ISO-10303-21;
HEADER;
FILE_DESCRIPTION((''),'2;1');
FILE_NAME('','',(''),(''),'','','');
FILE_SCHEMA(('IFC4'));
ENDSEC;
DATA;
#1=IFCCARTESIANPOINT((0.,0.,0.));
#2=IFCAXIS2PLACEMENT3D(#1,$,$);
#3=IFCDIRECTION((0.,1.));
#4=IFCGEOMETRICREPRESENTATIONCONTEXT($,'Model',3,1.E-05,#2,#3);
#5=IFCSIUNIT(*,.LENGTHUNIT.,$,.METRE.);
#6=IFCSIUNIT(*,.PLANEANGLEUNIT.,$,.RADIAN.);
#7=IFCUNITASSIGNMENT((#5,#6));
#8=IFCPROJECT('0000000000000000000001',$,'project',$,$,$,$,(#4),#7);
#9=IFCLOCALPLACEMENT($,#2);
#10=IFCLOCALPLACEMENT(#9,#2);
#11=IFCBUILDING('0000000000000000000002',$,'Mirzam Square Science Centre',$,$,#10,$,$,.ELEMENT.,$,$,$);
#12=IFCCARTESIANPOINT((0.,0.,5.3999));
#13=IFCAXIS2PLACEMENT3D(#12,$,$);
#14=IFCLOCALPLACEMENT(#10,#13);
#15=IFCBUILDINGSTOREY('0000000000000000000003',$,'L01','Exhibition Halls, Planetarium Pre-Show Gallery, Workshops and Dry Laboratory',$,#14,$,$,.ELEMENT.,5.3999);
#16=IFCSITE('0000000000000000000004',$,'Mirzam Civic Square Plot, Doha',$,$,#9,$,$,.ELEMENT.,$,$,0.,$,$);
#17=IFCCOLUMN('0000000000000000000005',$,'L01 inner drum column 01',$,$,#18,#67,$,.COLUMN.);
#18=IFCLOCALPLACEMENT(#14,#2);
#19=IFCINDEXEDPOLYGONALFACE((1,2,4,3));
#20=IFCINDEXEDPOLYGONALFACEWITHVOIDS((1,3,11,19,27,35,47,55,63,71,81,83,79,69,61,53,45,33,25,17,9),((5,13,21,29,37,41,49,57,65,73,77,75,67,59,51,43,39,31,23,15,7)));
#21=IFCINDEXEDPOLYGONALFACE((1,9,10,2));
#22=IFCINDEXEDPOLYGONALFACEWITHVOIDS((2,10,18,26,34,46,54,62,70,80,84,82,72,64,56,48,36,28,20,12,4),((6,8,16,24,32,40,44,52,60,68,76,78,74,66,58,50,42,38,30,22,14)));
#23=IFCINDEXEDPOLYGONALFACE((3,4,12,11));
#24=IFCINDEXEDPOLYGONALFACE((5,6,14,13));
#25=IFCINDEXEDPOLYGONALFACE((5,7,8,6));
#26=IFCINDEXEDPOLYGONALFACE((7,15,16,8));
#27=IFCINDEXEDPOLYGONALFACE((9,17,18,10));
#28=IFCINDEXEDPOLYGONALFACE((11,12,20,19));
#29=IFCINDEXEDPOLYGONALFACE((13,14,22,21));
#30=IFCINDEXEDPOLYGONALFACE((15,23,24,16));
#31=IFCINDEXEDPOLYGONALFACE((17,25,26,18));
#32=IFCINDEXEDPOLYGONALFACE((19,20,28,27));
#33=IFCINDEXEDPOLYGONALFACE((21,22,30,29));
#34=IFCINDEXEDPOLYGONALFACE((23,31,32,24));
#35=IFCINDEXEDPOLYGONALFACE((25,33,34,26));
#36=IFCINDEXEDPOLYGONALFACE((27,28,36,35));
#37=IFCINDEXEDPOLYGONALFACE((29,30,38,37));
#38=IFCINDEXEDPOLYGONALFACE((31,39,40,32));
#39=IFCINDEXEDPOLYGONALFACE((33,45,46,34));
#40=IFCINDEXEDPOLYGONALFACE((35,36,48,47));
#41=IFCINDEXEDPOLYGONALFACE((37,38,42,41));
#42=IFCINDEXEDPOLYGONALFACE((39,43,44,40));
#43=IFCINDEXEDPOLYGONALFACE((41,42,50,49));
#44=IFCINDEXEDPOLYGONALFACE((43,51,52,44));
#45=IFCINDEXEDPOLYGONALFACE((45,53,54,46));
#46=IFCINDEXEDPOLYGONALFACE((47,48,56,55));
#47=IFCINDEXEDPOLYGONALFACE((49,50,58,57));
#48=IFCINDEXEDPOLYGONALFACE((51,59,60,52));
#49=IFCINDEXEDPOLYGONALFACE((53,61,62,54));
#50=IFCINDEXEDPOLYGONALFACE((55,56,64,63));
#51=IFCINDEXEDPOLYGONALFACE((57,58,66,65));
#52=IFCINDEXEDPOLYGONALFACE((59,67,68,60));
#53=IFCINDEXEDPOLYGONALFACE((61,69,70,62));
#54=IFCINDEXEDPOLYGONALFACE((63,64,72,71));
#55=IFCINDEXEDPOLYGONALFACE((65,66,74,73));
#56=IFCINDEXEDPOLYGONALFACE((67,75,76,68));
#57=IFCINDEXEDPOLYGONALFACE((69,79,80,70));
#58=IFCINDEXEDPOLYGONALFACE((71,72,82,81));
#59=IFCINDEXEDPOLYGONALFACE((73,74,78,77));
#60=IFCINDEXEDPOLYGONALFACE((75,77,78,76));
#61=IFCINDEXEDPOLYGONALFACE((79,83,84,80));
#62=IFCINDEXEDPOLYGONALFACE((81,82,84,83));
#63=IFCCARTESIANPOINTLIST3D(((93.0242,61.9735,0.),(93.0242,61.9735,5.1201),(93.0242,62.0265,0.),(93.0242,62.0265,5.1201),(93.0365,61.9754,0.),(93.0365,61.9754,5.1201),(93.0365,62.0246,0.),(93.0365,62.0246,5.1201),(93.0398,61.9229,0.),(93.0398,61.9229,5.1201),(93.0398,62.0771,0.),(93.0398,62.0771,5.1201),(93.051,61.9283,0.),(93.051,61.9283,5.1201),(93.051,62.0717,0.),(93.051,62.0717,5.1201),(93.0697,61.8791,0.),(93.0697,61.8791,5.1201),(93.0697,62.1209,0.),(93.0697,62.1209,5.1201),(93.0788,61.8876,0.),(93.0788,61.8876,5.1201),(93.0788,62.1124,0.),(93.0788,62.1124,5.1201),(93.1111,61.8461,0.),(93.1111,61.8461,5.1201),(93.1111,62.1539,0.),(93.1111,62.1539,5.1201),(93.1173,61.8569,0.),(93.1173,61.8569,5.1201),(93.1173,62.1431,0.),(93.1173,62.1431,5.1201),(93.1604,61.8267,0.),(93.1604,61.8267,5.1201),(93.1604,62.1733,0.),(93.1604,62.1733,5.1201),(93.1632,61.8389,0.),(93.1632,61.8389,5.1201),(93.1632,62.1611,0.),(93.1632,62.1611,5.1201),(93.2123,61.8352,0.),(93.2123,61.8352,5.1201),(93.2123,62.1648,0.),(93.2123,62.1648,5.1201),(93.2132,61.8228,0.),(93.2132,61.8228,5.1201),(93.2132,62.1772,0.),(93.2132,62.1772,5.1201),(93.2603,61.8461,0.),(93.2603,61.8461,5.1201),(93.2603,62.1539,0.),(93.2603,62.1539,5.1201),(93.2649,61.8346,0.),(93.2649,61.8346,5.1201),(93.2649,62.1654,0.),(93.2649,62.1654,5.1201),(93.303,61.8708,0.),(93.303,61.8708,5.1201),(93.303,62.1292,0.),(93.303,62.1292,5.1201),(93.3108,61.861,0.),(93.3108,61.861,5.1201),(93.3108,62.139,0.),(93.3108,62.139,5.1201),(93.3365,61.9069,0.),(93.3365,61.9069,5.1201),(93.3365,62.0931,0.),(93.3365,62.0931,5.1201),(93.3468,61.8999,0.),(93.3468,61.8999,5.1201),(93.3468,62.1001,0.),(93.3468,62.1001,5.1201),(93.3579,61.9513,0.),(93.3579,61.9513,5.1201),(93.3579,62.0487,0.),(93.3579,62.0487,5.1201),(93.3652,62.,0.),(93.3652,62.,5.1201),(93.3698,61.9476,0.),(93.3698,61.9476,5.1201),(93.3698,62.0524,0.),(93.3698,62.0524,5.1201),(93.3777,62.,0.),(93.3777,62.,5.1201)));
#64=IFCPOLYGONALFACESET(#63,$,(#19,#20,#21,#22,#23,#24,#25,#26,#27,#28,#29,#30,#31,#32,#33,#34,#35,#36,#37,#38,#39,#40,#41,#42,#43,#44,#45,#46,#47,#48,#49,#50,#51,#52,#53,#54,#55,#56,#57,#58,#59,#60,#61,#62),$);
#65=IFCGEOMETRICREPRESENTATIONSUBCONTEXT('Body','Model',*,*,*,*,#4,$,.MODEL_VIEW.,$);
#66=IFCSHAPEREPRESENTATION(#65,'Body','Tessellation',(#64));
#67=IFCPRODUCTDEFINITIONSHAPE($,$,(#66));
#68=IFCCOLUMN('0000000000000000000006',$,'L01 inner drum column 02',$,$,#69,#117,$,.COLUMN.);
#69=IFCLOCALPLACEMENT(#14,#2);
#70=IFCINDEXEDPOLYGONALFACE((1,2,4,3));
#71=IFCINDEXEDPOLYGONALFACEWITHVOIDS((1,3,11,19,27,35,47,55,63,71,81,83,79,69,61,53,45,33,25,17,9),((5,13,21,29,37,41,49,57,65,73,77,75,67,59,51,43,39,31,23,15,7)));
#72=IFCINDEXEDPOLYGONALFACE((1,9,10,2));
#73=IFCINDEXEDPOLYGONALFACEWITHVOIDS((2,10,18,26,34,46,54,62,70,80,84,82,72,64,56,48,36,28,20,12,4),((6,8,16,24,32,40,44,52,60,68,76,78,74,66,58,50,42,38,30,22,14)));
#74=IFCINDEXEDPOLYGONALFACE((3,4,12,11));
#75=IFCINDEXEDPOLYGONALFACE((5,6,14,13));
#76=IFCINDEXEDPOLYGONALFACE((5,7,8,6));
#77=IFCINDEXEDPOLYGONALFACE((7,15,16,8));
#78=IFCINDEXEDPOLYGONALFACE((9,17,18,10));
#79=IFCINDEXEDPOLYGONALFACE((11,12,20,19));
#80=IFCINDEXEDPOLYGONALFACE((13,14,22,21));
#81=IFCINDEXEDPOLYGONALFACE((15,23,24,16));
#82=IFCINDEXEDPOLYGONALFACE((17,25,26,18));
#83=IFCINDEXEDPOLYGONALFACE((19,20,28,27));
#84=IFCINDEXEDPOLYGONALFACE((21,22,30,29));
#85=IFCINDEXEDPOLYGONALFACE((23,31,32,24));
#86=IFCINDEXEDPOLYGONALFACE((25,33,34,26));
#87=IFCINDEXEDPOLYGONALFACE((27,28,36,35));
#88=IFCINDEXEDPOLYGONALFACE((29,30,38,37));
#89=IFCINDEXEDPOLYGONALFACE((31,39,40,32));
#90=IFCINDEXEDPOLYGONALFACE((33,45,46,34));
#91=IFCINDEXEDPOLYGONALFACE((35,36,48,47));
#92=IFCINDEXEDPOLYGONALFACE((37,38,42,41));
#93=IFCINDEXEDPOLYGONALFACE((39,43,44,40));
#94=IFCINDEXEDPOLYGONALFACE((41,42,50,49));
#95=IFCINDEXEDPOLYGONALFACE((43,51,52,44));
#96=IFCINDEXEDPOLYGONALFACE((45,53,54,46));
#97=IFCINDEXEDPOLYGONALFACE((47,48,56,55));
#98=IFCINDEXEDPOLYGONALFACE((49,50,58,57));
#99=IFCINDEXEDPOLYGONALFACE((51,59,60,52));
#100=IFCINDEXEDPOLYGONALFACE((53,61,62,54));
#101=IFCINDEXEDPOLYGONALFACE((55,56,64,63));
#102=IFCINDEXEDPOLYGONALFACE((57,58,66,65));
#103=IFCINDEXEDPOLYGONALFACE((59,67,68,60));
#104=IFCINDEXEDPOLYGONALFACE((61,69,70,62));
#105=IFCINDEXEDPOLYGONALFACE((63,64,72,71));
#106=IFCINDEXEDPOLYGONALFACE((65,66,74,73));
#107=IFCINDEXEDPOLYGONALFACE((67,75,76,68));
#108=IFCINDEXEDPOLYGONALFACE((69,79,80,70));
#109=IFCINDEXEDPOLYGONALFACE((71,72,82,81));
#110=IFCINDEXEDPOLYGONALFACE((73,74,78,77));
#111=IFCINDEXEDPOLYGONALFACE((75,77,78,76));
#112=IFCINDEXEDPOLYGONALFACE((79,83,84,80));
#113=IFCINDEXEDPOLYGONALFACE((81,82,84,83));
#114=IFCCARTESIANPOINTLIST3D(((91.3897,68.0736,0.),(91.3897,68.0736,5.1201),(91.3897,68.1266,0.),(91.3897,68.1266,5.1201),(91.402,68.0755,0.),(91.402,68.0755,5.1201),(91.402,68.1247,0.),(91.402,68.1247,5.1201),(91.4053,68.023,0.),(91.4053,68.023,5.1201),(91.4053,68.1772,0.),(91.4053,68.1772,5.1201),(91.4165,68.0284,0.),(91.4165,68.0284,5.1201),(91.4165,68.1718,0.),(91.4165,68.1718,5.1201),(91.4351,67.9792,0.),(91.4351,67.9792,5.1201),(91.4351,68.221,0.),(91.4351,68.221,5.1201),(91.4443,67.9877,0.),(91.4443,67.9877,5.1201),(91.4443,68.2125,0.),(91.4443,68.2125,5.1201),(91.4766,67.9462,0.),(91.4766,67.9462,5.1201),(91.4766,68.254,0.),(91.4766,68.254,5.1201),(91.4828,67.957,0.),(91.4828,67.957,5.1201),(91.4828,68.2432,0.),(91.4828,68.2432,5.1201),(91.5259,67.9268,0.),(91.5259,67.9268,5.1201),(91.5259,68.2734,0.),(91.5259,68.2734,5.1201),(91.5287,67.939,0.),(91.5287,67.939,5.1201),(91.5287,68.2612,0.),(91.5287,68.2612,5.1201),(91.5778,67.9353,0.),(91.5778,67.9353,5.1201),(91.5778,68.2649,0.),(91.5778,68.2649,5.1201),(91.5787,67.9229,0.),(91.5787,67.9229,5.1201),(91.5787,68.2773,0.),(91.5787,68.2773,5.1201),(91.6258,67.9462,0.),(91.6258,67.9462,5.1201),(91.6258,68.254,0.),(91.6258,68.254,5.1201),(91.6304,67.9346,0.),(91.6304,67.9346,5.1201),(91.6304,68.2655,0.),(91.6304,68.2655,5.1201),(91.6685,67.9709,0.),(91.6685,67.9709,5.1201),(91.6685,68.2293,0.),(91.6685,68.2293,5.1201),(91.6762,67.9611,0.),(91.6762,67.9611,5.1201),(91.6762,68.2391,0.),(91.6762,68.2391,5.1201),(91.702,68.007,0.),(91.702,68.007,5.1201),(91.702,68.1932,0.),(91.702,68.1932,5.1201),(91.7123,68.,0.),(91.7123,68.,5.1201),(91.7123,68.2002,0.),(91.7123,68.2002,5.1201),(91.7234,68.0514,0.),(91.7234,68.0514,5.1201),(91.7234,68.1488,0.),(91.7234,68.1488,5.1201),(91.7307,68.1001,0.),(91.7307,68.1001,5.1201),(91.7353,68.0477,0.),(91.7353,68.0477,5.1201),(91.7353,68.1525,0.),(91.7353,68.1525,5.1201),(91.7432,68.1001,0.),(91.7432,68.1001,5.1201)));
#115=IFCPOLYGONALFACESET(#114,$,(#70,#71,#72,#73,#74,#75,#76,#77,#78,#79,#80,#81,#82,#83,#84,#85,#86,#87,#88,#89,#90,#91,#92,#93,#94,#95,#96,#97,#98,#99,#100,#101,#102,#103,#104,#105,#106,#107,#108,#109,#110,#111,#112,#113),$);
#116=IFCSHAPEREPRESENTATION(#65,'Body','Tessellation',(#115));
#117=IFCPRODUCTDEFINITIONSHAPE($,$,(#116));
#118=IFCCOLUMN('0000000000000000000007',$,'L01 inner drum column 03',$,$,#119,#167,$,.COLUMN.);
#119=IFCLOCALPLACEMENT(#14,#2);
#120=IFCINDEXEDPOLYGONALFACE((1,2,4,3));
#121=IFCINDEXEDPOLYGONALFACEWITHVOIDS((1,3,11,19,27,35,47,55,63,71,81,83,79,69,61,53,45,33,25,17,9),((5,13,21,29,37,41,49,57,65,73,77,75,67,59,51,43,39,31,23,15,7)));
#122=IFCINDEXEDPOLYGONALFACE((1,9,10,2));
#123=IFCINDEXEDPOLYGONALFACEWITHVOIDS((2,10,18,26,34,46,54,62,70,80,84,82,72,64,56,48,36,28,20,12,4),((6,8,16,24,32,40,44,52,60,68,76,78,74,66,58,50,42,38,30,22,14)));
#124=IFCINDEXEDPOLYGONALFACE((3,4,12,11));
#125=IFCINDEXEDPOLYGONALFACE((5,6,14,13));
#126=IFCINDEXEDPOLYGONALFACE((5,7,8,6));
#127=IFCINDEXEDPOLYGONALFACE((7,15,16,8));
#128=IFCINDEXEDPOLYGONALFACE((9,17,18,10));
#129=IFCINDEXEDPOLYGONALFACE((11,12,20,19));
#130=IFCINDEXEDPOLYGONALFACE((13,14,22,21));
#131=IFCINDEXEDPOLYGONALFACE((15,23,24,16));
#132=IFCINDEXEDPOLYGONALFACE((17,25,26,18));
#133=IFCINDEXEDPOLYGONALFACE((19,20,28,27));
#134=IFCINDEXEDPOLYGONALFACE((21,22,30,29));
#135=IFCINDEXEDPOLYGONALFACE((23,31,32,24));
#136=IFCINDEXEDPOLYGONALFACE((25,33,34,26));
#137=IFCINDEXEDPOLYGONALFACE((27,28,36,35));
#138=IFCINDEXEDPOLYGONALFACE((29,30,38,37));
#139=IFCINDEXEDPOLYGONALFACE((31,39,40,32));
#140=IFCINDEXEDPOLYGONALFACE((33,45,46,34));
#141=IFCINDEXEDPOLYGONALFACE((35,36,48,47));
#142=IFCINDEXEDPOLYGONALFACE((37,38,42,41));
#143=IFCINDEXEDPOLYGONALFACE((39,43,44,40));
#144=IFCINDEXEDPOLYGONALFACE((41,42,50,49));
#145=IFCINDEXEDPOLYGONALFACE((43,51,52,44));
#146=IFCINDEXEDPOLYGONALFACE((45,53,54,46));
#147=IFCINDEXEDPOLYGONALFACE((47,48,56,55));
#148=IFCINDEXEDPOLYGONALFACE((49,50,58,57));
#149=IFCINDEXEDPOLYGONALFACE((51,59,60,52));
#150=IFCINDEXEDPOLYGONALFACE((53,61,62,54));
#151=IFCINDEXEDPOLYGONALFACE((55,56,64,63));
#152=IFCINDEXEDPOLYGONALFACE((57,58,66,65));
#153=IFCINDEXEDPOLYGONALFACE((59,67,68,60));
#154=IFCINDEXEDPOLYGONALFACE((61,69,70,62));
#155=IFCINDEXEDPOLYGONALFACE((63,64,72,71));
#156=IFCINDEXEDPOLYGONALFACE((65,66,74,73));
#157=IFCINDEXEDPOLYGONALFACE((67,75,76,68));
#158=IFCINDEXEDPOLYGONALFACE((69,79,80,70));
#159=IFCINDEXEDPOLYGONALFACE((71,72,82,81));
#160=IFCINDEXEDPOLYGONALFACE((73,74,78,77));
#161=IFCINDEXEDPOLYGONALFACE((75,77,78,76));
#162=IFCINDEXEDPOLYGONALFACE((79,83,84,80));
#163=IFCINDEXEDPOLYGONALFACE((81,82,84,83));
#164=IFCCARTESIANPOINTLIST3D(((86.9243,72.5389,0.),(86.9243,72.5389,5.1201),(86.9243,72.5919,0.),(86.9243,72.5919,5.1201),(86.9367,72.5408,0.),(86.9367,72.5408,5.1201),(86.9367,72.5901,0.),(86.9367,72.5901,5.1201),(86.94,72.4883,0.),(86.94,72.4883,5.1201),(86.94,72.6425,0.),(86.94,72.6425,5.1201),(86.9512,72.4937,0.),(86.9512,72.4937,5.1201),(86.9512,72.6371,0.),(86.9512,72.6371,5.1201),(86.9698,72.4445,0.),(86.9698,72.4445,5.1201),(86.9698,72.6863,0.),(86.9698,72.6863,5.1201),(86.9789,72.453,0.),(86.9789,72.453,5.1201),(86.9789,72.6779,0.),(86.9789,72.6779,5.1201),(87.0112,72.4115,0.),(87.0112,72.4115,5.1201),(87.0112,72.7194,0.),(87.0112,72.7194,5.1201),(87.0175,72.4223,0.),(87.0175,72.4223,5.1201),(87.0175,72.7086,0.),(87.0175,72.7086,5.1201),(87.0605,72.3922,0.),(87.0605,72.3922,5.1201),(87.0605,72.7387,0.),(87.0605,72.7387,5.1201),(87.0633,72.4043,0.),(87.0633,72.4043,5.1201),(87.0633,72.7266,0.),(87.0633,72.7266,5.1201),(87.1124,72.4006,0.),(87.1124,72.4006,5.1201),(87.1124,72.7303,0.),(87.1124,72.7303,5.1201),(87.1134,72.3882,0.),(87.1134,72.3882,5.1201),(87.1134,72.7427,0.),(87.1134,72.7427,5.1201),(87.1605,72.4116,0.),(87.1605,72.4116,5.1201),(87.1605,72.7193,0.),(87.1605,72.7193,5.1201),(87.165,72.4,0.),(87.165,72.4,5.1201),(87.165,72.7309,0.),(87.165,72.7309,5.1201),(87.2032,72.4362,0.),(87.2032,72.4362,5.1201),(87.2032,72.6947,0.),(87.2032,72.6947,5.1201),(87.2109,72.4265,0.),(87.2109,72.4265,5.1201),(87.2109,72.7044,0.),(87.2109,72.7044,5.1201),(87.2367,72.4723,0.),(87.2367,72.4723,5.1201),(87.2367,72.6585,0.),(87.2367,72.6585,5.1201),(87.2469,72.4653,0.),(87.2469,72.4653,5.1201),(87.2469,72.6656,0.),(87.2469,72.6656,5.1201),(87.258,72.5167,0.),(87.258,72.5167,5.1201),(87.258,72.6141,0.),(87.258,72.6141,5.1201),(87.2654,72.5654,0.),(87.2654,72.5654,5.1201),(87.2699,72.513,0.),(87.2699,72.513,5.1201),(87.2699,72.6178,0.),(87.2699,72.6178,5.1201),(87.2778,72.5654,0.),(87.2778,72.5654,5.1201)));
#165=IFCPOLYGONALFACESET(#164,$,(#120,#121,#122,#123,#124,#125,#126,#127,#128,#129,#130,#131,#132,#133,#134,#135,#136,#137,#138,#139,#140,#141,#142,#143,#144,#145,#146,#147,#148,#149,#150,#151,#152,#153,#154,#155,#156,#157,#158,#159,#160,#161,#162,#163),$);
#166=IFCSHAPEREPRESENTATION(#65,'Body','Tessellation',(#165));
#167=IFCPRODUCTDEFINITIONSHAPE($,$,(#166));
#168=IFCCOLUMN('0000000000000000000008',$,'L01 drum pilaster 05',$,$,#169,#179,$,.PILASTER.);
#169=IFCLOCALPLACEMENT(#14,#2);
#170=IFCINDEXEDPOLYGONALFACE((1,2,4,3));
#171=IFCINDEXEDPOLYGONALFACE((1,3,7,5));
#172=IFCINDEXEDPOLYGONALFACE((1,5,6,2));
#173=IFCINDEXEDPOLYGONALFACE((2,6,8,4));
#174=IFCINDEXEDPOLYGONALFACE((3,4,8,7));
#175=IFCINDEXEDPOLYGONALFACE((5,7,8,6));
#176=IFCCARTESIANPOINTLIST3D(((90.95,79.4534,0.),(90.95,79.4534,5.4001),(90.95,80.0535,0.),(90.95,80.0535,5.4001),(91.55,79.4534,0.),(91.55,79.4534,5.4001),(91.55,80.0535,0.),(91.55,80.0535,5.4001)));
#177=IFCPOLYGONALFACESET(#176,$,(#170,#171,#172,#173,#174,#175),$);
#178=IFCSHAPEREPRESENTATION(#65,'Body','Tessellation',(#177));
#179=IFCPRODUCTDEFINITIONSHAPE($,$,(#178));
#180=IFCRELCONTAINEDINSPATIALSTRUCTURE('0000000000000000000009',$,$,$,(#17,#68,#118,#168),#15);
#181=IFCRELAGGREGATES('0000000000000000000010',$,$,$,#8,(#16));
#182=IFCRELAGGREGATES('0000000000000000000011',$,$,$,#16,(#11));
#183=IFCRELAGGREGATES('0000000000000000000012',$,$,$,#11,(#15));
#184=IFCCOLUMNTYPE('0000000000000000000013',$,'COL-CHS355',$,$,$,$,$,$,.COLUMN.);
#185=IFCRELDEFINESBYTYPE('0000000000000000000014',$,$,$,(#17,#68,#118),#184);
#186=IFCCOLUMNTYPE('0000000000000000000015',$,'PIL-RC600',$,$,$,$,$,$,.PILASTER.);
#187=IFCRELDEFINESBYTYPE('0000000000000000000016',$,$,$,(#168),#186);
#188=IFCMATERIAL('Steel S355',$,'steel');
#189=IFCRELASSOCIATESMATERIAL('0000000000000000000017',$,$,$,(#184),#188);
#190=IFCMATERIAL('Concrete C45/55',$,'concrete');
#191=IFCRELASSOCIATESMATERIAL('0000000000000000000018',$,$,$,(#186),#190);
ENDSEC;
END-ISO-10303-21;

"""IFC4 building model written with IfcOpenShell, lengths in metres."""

from ifc_helpers import new_model, si_unit, direction, frame, origin, origin_2d, place, context, subcontext, project, spatial, rectangle, hollow_circle, extrude, material, material_profile, profile_set, type_object, element, save


model = new_model("IFC4")

# Units and contexts
model_context = context("Model", 3, precision=1e-05, world=origin(), true_north=direction((0.0, 1.0)))
body_context = subcontext(model_context, "Body", "Model", "MODEL_VIEW")
ifc_project = project(units=[si_unit("LENGTHUNIT", "METRE"), si_unit("PLANEANGLEUNIT", "RADIAN")], contexts=[model_context])

# Site, building, storey
site_placement = place(None, origin())
site = spatial("IfcSite", under=ifc_project, at=site_placement, Name="Mirzam Civic Square Plot, Doha", CompositionType="ELEMENT", RefElevation=0.0)
building_placement = place(site_placement, origin())
building = spatial("IfcBuilding", under=site, at=building_placement, Name="Mirzam Square Science Centre", CompositionType="ELEMENT")
storey_placement = place(building_placement, frame((0.0, 0.0, 5.3999)))
storey = spatial("IfcBuildingStorey", under=building, at=storey_placement, Name="L01", Description="Exhibition Halls, Planetarium Pre-Show Gallery, Workshops and Dry Laboratory", CompositionType="ELEMENT", Elevation=5.3999)

# Columns
ifc_material_1 = material(Name="Steel S355", Category="steel")
ifc_material_profile_1 = material_profile(ifc_material_1, hollow_circle(Radius=0.1777, WallThickness=0.0125, at=origin_2d()), Name="355.6x12.5CHS")
ifc_profile_set_1 = profile_set([ifc_material_profile_1], Name="Steel S355")
column_type_1 = type_object("IfcColumnType", Name="COL-CHS355", PredefinedType="COLUMN", material=ifc_profile_set_1)
for number, where, z_axis, x_axis, name in (
    (1, (93.2, 62.0, 0.0), (0.0, 0.0, 1.0), (1.0, 0.0, 0.0), "L01 inner drum column 01"),
    (2, (91.5654, 68.1001, 0.0), (0.0, 0.0, 1.0), (1.0, 0.0, 0.0), "L01 inner drum column 02"),
    (3, (87.1001, 72.5654, 0.0), (0.0, 0.0, 1.0), (1.0, 0.0, 0.0), "L01 inner drum column 03"),
):
    element("IfcColumn", number, at=place(storey_placement, frame(where, z_axis=z_axis, x_axis=x_axis)), inside=storey, type_object=column_type_1, Name=name, PredefinedType="COLUMN", context=body_context, shape_type="SweptSolid", body=[
        extrude(hollow_circle(Radius=0.1777, WallThickness=0.0125, at=origin_2d()), origin(), (0.0, 0.0, 1.0), 5.1201),
    ])
ifc_material_2 = material(Name="Concrete C45/55", Category="concrete")
ifc_material_profile_2 = material_profile(ifc_material_2, rectangle(XDim=0.6001, YDim=0.6001, at=origin_2d()), Name="RC600x600")
ifc_profile_set_2 = profile_set([ifc_material_profile_2], Name="Concrete C45/55")
column_type_2 = type_object("IfcColumnType", Name="PIL-RC600", PredefinedType="PILASTER", material=ifc_profile_set_2)
column_placement = place(storey_placement, frame((91.25, 79.7534, 0.0), z_axis=(0.0, 0.0, 1.0), x_axis=(1.0, 0.0, 0.0)))
element("IfcColumn", 4, at=column_placement, inside=storey, type_object=column_type_2, Name="L01 drum pilaster 05", PredefinedType="PILASTER", context=body_context, shape_type="SweptSolid", body=[
    extrude(rectangle(XDim=0.6001, YDim=0.6001, at=origin_2d()), origin(), (0.0, 0.0, 1.0), 5.4001),
])

save(model, "model.ifc")
